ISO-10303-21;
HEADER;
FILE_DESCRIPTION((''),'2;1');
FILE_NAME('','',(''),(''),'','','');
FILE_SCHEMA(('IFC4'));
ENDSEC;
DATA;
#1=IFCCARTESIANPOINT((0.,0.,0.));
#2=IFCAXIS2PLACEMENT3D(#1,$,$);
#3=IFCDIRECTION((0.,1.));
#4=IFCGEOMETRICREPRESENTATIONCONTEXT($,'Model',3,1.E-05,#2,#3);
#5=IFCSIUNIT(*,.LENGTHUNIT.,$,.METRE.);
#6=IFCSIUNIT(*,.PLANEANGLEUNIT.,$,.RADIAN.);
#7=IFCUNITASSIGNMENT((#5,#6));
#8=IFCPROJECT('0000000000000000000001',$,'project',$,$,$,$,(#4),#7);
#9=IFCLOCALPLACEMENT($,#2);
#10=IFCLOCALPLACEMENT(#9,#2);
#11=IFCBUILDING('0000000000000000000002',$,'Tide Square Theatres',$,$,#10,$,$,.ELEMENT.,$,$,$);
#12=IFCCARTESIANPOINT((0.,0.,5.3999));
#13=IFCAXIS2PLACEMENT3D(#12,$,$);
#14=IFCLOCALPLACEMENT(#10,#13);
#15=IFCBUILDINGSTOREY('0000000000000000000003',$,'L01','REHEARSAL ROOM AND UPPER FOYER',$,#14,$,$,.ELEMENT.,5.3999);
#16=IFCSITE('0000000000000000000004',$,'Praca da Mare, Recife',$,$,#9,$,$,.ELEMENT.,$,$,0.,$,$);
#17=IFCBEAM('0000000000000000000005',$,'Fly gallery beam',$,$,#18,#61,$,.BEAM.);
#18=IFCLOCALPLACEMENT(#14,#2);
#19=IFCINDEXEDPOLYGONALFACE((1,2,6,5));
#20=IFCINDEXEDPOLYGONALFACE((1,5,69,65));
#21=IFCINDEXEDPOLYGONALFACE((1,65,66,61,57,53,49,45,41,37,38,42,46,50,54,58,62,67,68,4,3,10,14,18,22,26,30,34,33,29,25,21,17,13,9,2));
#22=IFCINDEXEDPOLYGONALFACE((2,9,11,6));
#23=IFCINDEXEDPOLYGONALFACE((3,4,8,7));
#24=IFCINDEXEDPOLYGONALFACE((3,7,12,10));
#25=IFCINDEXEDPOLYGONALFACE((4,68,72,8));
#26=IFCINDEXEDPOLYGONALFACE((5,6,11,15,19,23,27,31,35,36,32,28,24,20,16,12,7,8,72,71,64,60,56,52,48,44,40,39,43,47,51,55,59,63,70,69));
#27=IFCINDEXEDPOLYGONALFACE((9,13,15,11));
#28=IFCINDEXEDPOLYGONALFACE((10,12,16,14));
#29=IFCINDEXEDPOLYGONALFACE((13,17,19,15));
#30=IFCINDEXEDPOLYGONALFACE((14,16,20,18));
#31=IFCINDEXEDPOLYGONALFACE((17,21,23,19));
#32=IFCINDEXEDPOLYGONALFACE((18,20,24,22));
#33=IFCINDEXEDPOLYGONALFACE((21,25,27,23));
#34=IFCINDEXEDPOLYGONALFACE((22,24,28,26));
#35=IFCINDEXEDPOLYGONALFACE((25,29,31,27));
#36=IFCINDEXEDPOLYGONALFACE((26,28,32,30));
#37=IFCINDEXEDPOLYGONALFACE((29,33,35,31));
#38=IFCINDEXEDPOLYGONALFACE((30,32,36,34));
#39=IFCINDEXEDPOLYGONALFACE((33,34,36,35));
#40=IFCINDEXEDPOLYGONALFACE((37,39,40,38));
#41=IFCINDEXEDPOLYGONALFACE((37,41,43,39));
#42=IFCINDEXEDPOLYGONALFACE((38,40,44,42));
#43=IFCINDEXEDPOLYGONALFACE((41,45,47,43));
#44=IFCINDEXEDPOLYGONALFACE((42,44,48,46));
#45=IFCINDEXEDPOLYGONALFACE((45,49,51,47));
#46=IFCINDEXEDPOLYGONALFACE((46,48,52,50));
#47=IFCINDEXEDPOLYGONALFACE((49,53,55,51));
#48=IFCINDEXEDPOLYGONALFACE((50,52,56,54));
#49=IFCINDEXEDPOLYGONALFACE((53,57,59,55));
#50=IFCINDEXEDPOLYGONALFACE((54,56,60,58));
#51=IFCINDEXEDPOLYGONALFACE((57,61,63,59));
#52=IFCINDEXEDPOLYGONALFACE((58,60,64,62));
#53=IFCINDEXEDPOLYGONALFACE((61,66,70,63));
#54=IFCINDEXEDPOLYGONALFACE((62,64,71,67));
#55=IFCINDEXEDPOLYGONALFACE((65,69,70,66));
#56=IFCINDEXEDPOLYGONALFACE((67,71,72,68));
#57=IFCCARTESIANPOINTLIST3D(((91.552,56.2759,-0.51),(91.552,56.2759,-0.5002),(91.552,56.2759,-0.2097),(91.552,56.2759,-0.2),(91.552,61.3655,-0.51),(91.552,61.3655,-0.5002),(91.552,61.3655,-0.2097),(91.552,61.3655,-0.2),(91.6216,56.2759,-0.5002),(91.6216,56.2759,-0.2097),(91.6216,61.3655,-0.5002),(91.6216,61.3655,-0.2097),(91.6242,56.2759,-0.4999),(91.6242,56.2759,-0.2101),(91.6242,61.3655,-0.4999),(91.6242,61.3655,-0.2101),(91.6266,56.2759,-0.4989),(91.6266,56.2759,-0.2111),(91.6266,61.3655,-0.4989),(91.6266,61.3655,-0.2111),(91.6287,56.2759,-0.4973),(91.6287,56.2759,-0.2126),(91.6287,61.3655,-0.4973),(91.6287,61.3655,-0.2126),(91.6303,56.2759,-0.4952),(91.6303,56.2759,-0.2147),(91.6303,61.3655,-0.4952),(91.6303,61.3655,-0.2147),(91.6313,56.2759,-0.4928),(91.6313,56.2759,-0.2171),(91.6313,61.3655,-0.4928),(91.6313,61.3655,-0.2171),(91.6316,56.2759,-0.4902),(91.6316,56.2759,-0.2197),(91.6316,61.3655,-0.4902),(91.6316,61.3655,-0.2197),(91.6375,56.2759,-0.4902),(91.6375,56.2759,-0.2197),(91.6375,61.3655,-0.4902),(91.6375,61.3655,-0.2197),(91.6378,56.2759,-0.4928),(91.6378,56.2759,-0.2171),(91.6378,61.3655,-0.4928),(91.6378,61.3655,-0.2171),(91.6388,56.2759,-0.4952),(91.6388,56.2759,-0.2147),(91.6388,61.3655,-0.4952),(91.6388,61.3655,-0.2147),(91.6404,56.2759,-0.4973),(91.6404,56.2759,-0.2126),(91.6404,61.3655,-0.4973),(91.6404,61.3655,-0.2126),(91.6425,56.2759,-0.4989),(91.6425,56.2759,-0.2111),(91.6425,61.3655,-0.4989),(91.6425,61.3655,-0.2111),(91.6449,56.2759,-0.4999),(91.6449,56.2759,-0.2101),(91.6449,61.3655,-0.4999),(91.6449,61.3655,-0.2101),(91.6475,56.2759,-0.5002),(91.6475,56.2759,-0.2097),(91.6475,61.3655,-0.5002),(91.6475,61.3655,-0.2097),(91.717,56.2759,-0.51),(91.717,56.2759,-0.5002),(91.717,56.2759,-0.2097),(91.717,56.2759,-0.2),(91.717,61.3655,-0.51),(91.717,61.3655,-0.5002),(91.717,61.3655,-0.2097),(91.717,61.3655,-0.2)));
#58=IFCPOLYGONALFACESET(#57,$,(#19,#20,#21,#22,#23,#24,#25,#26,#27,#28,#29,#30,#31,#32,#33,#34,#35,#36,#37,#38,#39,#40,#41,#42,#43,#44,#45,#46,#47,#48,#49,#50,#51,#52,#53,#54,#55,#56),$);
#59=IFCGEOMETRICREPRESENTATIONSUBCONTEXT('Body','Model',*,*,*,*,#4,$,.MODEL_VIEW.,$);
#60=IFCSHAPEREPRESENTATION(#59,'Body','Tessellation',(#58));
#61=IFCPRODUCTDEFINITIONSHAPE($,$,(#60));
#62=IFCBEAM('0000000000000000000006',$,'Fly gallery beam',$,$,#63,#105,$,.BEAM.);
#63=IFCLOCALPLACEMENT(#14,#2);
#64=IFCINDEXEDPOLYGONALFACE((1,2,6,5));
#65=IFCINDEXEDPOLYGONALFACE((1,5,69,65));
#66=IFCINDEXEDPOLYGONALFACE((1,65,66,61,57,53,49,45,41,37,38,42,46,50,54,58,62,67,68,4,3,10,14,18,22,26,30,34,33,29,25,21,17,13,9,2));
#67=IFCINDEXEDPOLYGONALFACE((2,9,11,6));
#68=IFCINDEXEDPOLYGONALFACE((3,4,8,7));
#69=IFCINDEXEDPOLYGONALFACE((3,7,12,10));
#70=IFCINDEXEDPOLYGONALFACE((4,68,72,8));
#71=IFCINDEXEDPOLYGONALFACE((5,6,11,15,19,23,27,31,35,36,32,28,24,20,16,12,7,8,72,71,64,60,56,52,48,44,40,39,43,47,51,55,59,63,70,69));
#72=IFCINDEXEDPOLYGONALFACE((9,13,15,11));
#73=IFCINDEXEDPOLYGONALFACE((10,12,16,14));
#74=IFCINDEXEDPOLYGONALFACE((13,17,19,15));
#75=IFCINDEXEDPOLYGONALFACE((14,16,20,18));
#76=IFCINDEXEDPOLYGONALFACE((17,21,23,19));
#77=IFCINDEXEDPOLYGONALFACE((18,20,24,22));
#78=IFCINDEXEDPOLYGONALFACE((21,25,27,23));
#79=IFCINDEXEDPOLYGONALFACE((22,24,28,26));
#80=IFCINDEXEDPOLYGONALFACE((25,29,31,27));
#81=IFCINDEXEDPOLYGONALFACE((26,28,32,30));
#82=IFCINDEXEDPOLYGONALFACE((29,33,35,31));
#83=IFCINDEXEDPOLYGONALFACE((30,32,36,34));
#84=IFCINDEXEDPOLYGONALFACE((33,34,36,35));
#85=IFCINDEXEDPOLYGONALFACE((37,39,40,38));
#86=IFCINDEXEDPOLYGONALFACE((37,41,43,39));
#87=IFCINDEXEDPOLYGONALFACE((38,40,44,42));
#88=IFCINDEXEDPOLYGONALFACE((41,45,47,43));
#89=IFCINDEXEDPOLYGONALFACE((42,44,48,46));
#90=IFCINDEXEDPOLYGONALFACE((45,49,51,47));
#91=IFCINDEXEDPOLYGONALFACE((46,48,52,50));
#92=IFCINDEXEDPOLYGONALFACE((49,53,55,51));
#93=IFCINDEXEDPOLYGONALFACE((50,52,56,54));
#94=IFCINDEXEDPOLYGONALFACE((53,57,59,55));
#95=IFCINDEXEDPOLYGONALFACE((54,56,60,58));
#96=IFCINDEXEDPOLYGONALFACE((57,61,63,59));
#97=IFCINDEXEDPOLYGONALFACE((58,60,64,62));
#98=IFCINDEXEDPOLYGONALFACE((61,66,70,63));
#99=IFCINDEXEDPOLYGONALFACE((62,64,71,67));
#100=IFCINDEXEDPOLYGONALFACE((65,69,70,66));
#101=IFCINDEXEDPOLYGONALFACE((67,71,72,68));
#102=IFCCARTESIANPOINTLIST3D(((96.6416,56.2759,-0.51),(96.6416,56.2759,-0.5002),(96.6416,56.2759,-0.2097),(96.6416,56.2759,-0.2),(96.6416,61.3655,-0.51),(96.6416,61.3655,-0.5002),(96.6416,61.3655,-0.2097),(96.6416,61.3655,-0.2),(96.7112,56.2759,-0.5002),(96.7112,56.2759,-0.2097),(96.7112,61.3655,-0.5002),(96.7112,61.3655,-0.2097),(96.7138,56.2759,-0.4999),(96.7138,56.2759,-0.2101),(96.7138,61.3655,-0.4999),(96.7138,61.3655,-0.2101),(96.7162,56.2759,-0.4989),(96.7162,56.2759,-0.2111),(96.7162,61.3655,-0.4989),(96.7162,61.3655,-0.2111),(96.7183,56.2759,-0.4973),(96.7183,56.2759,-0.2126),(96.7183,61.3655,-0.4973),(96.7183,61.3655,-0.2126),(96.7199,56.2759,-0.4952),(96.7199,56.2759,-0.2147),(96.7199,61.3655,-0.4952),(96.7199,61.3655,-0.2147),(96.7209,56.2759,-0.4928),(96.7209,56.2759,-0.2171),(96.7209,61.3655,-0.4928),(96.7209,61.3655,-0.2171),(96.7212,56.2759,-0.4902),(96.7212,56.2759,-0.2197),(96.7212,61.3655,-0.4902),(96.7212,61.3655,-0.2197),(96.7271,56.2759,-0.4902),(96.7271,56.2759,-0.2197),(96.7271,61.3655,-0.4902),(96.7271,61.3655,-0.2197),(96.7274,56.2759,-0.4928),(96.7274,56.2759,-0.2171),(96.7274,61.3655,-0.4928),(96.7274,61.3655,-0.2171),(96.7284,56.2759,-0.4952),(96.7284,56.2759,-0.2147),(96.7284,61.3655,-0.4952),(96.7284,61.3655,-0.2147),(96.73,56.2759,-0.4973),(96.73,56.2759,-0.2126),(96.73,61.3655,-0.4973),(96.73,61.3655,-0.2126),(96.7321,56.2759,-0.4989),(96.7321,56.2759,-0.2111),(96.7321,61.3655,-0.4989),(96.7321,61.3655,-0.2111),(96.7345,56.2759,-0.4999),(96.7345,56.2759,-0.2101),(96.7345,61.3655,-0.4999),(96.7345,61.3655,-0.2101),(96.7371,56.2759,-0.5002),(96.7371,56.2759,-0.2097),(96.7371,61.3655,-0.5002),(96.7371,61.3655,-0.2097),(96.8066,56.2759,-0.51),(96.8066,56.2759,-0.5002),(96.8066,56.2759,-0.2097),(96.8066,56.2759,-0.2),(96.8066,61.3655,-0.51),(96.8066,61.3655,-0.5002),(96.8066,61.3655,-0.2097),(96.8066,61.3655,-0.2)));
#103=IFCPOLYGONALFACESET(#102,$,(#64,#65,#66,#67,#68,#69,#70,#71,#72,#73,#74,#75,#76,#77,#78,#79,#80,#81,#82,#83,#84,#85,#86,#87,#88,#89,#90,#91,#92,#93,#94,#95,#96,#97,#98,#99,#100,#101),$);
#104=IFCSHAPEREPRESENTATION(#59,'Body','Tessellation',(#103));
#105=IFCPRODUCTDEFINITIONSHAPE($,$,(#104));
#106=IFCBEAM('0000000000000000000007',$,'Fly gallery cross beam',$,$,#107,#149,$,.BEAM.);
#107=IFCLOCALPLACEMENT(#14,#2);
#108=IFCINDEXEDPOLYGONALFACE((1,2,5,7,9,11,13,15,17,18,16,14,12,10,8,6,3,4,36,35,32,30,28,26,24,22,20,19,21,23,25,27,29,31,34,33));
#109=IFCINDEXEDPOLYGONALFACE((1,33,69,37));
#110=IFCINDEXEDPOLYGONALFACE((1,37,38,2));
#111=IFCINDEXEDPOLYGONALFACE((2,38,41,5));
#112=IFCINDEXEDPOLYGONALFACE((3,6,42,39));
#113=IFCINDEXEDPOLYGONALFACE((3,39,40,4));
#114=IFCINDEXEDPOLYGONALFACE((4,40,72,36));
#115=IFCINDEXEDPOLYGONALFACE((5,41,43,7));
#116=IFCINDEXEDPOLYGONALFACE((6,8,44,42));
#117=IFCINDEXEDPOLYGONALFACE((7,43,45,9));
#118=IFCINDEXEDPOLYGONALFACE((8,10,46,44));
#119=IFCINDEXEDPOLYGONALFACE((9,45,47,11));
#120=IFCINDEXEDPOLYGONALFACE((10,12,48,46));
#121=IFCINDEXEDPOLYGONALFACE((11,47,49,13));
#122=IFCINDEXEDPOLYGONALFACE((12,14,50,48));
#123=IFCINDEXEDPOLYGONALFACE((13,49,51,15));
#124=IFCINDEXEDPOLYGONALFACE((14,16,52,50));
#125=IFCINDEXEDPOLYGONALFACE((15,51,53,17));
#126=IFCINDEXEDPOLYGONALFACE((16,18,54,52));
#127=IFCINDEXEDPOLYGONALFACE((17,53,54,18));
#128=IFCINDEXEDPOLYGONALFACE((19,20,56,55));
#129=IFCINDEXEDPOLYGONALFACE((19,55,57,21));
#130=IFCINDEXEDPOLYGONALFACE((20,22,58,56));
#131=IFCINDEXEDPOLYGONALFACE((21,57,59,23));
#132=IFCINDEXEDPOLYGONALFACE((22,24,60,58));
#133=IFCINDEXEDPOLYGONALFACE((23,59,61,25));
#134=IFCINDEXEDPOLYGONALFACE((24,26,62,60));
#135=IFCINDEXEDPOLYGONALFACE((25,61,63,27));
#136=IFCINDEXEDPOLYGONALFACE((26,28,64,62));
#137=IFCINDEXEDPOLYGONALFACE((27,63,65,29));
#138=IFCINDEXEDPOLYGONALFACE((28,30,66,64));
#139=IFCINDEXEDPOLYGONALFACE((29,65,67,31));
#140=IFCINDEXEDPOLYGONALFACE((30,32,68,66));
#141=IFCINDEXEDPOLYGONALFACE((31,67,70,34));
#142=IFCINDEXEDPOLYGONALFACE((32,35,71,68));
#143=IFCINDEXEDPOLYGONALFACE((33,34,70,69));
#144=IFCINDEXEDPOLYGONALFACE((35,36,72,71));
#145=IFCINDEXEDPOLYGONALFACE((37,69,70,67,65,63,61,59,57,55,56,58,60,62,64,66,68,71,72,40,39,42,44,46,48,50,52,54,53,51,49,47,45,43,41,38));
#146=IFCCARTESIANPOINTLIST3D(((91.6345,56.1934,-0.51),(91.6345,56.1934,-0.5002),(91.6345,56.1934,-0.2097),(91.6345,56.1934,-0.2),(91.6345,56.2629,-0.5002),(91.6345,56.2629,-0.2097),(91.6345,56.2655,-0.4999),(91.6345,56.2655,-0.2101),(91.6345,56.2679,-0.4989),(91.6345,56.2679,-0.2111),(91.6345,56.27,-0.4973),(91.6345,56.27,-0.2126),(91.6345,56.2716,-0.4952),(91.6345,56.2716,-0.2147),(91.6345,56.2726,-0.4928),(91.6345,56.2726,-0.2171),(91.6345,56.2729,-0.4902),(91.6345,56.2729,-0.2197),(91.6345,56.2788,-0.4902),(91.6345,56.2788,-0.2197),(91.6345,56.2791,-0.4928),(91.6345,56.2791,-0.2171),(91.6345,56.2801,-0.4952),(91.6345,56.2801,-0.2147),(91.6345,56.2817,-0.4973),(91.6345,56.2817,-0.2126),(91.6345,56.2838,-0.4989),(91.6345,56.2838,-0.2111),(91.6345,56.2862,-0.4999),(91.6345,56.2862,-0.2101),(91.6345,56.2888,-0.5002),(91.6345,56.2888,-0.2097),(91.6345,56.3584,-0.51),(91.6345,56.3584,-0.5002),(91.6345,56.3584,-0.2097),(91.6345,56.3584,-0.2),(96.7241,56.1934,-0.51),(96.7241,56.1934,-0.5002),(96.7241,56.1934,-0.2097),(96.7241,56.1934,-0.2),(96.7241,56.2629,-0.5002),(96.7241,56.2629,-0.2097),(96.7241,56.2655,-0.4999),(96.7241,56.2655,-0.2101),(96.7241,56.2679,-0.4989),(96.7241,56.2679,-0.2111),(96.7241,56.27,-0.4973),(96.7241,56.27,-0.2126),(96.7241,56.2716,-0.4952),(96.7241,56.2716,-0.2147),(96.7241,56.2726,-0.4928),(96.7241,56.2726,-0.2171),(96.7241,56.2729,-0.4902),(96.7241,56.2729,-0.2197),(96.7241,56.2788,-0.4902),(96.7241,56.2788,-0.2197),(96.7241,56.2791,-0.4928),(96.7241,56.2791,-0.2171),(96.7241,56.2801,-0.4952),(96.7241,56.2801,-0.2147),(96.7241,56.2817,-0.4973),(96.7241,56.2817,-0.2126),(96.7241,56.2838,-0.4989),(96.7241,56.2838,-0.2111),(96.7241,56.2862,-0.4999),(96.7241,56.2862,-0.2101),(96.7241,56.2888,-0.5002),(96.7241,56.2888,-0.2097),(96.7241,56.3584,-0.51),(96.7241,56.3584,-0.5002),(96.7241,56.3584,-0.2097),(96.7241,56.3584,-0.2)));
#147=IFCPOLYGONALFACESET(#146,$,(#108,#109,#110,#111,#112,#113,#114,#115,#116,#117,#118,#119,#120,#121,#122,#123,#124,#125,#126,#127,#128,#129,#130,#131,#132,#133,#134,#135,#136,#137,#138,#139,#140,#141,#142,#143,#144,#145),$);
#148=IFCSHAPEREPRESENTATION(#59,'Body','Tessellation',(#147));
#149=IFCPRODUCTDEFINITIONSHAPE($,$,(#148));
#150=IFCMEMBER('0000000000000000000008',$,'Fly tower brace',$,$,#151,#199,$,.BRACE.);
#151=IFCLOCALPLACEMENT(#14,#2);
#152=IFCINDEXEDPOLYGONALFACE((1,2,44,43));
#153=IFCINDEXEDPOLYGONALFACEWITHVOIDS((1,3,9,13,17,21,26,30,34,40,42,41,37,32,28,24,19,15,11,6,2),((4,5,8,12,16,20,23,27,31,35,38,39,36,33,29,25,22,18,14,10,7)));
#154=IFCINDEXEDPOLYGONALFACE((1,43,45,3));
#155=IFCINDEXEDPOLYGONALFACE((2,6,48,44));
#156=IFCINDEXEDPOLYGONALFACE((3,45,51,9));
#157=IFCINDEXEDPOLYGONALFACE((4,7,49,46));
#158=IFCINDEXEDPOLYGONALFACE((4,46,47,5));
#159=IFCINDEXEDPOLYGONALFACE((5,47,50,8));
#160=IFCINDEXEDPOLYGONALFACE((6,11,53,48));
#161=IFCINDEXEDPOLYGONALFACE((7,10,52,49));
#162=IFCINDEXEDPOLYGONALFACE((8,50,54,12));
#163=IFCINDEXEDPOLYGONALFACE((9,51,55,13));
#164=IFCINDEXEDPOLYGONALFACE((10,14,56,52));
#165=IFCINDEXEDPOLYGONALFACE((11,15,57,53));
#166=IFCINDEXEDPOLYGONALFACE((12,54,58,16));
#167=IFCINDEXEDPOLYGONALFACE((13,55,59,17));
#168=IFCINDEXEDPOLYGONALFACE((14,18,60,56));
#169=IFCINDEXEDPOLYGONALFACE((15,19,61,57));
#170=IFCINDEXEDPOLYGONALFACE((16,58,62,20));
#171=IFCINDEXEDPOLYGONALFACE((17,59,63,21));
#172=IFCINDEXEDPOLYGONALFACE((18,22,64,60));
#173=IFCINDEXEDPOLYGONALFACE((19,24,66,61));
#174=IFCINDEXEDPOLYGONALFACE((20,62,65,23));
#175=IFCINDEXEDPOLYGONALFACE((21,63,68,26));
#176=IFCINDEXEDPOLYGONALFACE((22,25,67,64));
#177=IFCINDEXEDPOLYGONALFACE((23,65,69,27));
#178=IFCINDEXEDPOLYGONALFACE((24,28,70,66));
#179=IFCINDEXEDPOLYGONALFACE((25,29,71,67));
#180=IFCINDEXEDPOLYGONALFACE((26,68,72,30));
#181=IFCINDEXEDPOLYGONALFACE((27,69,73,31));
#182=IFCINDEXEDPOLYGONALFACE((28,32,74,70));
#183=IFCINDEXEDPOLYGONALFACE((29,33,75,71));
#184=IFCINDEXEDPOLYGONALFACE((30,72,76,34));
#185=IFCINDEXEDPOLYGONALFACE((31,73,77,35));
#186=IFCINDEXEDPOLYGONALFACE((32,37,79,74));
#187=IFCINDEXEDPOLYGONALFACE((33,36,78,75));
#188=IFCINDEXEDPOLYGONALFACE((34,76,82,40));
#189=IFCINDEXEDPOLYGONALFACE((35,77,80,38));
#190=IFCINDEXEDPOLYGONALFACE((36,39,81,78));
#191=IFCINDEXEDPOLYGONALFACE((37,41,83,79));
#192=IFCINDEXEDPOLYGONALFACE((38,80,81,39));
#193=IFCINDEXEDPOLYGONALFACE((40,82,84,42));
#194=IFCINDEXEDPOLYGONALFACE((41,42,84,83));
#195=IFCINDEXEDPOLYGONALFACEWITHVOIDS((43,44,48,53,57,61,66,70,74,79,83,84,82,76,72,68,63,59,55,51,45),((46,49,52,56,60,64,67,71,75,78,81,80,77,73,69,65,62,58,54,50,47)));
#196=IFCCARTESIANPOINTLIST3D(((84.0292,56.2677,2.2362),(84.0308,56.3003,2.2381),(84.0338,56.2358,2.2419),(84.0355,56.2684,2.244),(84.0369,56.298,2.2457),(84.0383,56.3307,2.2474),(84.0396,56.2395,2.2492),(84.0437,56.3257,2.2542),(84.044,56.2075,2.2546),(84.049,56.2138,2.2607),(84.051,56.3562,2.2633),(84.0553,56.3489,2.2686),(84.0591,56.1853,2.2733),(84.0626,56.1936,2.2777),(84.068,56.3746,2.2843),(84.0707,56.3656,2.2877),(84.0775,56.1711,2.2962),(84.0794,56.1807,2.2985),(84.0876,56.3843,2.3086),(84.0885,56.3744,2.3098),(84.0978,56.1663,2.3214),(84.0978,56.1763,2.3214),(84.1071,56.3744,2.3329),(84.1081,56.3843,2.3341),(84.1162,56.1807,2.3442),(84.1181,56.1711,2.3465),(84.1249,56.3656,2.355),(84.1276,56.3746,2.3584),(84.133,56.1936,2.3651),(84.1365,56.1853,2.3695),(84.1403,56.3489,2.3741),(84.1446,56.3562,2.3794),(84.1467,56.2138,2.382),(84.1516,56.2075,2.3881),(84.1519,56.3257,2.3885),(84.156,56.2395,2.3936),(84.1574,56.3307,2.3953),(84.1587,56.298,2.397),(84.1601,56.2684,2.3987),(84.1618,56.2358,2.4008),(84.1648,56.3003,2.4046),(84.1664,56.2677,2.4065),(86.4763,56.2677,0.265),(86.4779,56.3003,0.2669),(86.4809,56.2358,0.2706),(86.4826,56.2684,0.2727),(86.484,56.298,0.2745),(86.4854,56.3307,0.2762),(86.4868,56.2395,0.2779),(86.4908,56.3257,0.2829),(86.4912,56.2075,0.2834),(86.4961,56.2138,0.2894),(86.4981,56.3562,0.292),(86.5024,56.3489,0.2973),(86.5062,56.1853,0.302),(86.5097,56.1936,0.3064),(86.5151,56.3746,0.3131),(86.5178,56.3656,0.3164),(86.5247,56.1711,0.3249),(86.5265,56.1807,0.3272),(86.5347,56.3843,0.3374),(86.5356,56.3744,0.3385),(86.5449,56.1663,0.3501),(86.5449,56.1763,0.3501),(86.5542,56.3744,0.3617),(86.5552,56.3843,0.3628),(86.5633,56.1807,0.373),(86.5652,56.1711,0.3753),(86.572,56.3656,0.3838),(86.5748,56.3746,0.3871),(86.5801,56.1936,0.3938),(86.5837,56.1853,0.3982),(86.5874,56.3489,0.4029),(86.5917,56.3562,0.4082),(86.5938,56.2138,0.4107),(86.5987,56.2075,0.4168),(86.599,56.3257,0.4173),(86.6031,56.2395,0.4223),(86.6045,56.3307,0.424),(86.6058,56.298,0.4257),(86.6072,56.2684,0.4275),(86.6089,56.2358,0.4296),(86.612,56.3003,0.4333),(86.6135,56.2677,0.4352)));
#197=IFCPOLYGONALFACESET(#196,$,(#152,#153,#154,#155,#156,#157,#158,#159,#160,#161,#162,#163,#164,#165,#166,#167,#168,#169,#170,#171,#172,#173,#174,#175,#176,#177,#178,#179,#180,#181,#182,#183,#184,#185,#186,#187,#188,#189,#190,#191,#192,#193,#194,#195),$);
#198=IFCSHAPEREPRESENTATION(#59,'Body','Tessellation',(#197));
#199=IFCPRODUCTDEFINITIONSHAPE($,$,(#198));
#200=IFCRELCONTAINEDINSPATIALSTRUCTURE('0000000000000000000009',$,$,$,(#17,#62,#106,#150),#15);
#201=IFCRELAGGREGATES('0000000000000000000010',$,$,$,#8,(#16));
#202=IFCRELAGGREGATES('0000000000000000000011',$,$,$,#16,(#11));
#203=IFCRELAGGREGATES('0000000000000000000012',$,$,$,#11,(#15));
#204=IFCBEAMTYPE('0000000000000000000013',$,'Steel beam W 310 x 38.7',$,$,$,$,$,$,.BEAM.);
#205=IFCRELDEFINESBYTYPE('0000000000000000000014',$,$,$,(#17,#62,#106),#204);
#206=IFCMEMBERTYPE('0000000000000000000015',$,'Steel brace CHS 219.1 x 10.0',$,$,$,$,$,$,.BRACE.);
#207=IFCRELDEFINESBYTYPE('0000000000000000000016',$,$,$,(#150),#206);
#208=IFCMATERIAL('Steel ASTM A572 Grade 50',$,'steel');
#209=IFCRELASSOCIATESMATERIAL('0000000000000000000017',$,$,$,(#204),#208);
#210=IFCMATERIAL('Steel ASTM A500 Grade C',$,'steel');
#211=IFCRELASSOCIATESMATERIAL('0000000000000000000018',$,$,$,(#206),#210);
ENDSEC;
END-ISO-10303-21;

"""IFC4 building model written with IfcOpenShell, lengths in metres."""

from ifc_helpers import new_model, si_unit, direction, frame, origin, origin_2d, place, context, subcontext, project, spatial, hollow_circle, i_section, extrude, material, material_profile, profile_set, type_object, element, save


model = new_model("IFC4")

# Units and contexts
model_context = context("Model", 3, precision=1e-05, world=origin(), true_north=direction((0.0, 1.0)))
body_context = subcontext(model_context, "Body", "Model", "MODEL_VIEW")
ifc_project = project(units=[si_unit("LENGTHUNIT", "METRE"), si_unit("PLANEANGLEUNIT", "RADIAN")], contexts=[model_context])

# Site, building, storey
site_placement = place(None, origin())
site = spatial("IfcSite", under=ifc_project, at=site_placement, Name="Praca da Mare, Recife", CompositionType="ELEMENT", RefElevation=0.0)
building_placement = place(site_placement, origin())
building = spatial("IfcBuilding", under=site, at=building_placement, Name="Tide Square Theatres", CompositionType="ELEMENT")
storey_placement = place(building_placement, frame((0.0, 0.0, 5.3999)))
storey = spatial("IfcBuildingStorey", under=building, at=storey_placement, Name="L01", Description="REHEARSAL ROOM AND UPPER FOYER", CompositionType="ELEMENT", Elevation=5.3999)

# Beams
ifc_material_1 = material(Name="Steel ASTM A572 Grade 50", Category="steel")
ifc_material_profile_1 = material_profile(ifc_material_1, i_section(OverallWidth=0.165, OverallDepth=0.3101, WebThickness=0.0059, FlangeThickness=0.0098, FilletRadius=0.01, at=origin_2d()))
ifc_profile_set_1 = profile_set([ifc_material_profile_1], Name="Steel ASTM A572 Grade 50")
beam_type_1 = type_object("IfcBeamType", Name="Steel beam W 310 x 38.7", PredefinedType="BEAM", material=ifc_profile_set_1)
for number, where, z_axis, x_axis, name in (
    (1, (91.6345, 56.2759, -0.355), (0.0, 1.0, 0.0), (-1.0, 0.0, 0.0), "Fly gallery beam"),
    (2, (96.7241, 56.2759, -0.355), (0.0, 1.0, 0.0), (-1.0, 0.0, 0.0), "Fly gallery beam"),
    (3, (91.6345, 56.2759, -0.355), (1.0, 0.0, 0.0), (0.0, 1.0, 0.0), "Fly gallery cross beam"),
):
    element("IfcBeam", number, at=place(storey_placement, frame(where, z_axis=z_axis, x_axis=x_axis)), inside=storey, type_object=beam_type_1, Name=name, PredefinedType="BEAM", context=body_context, shape_type="SweptSolid", body=[
        extrude(i_section(OverallWidth=0.165, OverallDepth=0.3101, WebThickness=0.0059, FlangeThickness=0.0098, FilletRadius=0.01, at=origin_2d()), origin(), (0.0, 0.0, 1.0), 5.0896),
    ])

# Member
ifc_material_2 = material(Name="Steel ASTM A500 Grade C", Category="steel")
ifc_material_profile_2 = material_profile(ifc_material_2, hollow_circle(Radius=0.1096, WallThickness=0.01, at=origin_2d()))
ifc_profile_set_2 = profile_set([ifc_material_profile_2], Name="Steel ASTM A500 Grade C")
member_type = type_object("IfcMemberType", Name="Steel brace CHS 219.1 x 10.0", PredefinedType="BRACE", material=ifc_profile_set_2)
for number, where, z_axis, x_axis, name in (
    (4, (86.5449, 56.2759, 0.3501), (-0.778757, 0.0, 0.627326), (0.0, -1.0, 0.0), "Fly tower brace"),
):
    element("IfcMember", number, at=place(storey_placement, frame(where, z_axis=z_axis, x_axis=x_axis)), inside=storey, type_object=member_type, Name=name, PredefinedType="BRACE", context=body_context, shape_type="SweptSolid", body=[
        extrude(hollow_circle(Radius=0.1096, WallThickness=0.01, at=origin_2d()), origin(), (0.0, 0.0, 1.0), 3.1423),
    ])

save(model, "model.ifc")
